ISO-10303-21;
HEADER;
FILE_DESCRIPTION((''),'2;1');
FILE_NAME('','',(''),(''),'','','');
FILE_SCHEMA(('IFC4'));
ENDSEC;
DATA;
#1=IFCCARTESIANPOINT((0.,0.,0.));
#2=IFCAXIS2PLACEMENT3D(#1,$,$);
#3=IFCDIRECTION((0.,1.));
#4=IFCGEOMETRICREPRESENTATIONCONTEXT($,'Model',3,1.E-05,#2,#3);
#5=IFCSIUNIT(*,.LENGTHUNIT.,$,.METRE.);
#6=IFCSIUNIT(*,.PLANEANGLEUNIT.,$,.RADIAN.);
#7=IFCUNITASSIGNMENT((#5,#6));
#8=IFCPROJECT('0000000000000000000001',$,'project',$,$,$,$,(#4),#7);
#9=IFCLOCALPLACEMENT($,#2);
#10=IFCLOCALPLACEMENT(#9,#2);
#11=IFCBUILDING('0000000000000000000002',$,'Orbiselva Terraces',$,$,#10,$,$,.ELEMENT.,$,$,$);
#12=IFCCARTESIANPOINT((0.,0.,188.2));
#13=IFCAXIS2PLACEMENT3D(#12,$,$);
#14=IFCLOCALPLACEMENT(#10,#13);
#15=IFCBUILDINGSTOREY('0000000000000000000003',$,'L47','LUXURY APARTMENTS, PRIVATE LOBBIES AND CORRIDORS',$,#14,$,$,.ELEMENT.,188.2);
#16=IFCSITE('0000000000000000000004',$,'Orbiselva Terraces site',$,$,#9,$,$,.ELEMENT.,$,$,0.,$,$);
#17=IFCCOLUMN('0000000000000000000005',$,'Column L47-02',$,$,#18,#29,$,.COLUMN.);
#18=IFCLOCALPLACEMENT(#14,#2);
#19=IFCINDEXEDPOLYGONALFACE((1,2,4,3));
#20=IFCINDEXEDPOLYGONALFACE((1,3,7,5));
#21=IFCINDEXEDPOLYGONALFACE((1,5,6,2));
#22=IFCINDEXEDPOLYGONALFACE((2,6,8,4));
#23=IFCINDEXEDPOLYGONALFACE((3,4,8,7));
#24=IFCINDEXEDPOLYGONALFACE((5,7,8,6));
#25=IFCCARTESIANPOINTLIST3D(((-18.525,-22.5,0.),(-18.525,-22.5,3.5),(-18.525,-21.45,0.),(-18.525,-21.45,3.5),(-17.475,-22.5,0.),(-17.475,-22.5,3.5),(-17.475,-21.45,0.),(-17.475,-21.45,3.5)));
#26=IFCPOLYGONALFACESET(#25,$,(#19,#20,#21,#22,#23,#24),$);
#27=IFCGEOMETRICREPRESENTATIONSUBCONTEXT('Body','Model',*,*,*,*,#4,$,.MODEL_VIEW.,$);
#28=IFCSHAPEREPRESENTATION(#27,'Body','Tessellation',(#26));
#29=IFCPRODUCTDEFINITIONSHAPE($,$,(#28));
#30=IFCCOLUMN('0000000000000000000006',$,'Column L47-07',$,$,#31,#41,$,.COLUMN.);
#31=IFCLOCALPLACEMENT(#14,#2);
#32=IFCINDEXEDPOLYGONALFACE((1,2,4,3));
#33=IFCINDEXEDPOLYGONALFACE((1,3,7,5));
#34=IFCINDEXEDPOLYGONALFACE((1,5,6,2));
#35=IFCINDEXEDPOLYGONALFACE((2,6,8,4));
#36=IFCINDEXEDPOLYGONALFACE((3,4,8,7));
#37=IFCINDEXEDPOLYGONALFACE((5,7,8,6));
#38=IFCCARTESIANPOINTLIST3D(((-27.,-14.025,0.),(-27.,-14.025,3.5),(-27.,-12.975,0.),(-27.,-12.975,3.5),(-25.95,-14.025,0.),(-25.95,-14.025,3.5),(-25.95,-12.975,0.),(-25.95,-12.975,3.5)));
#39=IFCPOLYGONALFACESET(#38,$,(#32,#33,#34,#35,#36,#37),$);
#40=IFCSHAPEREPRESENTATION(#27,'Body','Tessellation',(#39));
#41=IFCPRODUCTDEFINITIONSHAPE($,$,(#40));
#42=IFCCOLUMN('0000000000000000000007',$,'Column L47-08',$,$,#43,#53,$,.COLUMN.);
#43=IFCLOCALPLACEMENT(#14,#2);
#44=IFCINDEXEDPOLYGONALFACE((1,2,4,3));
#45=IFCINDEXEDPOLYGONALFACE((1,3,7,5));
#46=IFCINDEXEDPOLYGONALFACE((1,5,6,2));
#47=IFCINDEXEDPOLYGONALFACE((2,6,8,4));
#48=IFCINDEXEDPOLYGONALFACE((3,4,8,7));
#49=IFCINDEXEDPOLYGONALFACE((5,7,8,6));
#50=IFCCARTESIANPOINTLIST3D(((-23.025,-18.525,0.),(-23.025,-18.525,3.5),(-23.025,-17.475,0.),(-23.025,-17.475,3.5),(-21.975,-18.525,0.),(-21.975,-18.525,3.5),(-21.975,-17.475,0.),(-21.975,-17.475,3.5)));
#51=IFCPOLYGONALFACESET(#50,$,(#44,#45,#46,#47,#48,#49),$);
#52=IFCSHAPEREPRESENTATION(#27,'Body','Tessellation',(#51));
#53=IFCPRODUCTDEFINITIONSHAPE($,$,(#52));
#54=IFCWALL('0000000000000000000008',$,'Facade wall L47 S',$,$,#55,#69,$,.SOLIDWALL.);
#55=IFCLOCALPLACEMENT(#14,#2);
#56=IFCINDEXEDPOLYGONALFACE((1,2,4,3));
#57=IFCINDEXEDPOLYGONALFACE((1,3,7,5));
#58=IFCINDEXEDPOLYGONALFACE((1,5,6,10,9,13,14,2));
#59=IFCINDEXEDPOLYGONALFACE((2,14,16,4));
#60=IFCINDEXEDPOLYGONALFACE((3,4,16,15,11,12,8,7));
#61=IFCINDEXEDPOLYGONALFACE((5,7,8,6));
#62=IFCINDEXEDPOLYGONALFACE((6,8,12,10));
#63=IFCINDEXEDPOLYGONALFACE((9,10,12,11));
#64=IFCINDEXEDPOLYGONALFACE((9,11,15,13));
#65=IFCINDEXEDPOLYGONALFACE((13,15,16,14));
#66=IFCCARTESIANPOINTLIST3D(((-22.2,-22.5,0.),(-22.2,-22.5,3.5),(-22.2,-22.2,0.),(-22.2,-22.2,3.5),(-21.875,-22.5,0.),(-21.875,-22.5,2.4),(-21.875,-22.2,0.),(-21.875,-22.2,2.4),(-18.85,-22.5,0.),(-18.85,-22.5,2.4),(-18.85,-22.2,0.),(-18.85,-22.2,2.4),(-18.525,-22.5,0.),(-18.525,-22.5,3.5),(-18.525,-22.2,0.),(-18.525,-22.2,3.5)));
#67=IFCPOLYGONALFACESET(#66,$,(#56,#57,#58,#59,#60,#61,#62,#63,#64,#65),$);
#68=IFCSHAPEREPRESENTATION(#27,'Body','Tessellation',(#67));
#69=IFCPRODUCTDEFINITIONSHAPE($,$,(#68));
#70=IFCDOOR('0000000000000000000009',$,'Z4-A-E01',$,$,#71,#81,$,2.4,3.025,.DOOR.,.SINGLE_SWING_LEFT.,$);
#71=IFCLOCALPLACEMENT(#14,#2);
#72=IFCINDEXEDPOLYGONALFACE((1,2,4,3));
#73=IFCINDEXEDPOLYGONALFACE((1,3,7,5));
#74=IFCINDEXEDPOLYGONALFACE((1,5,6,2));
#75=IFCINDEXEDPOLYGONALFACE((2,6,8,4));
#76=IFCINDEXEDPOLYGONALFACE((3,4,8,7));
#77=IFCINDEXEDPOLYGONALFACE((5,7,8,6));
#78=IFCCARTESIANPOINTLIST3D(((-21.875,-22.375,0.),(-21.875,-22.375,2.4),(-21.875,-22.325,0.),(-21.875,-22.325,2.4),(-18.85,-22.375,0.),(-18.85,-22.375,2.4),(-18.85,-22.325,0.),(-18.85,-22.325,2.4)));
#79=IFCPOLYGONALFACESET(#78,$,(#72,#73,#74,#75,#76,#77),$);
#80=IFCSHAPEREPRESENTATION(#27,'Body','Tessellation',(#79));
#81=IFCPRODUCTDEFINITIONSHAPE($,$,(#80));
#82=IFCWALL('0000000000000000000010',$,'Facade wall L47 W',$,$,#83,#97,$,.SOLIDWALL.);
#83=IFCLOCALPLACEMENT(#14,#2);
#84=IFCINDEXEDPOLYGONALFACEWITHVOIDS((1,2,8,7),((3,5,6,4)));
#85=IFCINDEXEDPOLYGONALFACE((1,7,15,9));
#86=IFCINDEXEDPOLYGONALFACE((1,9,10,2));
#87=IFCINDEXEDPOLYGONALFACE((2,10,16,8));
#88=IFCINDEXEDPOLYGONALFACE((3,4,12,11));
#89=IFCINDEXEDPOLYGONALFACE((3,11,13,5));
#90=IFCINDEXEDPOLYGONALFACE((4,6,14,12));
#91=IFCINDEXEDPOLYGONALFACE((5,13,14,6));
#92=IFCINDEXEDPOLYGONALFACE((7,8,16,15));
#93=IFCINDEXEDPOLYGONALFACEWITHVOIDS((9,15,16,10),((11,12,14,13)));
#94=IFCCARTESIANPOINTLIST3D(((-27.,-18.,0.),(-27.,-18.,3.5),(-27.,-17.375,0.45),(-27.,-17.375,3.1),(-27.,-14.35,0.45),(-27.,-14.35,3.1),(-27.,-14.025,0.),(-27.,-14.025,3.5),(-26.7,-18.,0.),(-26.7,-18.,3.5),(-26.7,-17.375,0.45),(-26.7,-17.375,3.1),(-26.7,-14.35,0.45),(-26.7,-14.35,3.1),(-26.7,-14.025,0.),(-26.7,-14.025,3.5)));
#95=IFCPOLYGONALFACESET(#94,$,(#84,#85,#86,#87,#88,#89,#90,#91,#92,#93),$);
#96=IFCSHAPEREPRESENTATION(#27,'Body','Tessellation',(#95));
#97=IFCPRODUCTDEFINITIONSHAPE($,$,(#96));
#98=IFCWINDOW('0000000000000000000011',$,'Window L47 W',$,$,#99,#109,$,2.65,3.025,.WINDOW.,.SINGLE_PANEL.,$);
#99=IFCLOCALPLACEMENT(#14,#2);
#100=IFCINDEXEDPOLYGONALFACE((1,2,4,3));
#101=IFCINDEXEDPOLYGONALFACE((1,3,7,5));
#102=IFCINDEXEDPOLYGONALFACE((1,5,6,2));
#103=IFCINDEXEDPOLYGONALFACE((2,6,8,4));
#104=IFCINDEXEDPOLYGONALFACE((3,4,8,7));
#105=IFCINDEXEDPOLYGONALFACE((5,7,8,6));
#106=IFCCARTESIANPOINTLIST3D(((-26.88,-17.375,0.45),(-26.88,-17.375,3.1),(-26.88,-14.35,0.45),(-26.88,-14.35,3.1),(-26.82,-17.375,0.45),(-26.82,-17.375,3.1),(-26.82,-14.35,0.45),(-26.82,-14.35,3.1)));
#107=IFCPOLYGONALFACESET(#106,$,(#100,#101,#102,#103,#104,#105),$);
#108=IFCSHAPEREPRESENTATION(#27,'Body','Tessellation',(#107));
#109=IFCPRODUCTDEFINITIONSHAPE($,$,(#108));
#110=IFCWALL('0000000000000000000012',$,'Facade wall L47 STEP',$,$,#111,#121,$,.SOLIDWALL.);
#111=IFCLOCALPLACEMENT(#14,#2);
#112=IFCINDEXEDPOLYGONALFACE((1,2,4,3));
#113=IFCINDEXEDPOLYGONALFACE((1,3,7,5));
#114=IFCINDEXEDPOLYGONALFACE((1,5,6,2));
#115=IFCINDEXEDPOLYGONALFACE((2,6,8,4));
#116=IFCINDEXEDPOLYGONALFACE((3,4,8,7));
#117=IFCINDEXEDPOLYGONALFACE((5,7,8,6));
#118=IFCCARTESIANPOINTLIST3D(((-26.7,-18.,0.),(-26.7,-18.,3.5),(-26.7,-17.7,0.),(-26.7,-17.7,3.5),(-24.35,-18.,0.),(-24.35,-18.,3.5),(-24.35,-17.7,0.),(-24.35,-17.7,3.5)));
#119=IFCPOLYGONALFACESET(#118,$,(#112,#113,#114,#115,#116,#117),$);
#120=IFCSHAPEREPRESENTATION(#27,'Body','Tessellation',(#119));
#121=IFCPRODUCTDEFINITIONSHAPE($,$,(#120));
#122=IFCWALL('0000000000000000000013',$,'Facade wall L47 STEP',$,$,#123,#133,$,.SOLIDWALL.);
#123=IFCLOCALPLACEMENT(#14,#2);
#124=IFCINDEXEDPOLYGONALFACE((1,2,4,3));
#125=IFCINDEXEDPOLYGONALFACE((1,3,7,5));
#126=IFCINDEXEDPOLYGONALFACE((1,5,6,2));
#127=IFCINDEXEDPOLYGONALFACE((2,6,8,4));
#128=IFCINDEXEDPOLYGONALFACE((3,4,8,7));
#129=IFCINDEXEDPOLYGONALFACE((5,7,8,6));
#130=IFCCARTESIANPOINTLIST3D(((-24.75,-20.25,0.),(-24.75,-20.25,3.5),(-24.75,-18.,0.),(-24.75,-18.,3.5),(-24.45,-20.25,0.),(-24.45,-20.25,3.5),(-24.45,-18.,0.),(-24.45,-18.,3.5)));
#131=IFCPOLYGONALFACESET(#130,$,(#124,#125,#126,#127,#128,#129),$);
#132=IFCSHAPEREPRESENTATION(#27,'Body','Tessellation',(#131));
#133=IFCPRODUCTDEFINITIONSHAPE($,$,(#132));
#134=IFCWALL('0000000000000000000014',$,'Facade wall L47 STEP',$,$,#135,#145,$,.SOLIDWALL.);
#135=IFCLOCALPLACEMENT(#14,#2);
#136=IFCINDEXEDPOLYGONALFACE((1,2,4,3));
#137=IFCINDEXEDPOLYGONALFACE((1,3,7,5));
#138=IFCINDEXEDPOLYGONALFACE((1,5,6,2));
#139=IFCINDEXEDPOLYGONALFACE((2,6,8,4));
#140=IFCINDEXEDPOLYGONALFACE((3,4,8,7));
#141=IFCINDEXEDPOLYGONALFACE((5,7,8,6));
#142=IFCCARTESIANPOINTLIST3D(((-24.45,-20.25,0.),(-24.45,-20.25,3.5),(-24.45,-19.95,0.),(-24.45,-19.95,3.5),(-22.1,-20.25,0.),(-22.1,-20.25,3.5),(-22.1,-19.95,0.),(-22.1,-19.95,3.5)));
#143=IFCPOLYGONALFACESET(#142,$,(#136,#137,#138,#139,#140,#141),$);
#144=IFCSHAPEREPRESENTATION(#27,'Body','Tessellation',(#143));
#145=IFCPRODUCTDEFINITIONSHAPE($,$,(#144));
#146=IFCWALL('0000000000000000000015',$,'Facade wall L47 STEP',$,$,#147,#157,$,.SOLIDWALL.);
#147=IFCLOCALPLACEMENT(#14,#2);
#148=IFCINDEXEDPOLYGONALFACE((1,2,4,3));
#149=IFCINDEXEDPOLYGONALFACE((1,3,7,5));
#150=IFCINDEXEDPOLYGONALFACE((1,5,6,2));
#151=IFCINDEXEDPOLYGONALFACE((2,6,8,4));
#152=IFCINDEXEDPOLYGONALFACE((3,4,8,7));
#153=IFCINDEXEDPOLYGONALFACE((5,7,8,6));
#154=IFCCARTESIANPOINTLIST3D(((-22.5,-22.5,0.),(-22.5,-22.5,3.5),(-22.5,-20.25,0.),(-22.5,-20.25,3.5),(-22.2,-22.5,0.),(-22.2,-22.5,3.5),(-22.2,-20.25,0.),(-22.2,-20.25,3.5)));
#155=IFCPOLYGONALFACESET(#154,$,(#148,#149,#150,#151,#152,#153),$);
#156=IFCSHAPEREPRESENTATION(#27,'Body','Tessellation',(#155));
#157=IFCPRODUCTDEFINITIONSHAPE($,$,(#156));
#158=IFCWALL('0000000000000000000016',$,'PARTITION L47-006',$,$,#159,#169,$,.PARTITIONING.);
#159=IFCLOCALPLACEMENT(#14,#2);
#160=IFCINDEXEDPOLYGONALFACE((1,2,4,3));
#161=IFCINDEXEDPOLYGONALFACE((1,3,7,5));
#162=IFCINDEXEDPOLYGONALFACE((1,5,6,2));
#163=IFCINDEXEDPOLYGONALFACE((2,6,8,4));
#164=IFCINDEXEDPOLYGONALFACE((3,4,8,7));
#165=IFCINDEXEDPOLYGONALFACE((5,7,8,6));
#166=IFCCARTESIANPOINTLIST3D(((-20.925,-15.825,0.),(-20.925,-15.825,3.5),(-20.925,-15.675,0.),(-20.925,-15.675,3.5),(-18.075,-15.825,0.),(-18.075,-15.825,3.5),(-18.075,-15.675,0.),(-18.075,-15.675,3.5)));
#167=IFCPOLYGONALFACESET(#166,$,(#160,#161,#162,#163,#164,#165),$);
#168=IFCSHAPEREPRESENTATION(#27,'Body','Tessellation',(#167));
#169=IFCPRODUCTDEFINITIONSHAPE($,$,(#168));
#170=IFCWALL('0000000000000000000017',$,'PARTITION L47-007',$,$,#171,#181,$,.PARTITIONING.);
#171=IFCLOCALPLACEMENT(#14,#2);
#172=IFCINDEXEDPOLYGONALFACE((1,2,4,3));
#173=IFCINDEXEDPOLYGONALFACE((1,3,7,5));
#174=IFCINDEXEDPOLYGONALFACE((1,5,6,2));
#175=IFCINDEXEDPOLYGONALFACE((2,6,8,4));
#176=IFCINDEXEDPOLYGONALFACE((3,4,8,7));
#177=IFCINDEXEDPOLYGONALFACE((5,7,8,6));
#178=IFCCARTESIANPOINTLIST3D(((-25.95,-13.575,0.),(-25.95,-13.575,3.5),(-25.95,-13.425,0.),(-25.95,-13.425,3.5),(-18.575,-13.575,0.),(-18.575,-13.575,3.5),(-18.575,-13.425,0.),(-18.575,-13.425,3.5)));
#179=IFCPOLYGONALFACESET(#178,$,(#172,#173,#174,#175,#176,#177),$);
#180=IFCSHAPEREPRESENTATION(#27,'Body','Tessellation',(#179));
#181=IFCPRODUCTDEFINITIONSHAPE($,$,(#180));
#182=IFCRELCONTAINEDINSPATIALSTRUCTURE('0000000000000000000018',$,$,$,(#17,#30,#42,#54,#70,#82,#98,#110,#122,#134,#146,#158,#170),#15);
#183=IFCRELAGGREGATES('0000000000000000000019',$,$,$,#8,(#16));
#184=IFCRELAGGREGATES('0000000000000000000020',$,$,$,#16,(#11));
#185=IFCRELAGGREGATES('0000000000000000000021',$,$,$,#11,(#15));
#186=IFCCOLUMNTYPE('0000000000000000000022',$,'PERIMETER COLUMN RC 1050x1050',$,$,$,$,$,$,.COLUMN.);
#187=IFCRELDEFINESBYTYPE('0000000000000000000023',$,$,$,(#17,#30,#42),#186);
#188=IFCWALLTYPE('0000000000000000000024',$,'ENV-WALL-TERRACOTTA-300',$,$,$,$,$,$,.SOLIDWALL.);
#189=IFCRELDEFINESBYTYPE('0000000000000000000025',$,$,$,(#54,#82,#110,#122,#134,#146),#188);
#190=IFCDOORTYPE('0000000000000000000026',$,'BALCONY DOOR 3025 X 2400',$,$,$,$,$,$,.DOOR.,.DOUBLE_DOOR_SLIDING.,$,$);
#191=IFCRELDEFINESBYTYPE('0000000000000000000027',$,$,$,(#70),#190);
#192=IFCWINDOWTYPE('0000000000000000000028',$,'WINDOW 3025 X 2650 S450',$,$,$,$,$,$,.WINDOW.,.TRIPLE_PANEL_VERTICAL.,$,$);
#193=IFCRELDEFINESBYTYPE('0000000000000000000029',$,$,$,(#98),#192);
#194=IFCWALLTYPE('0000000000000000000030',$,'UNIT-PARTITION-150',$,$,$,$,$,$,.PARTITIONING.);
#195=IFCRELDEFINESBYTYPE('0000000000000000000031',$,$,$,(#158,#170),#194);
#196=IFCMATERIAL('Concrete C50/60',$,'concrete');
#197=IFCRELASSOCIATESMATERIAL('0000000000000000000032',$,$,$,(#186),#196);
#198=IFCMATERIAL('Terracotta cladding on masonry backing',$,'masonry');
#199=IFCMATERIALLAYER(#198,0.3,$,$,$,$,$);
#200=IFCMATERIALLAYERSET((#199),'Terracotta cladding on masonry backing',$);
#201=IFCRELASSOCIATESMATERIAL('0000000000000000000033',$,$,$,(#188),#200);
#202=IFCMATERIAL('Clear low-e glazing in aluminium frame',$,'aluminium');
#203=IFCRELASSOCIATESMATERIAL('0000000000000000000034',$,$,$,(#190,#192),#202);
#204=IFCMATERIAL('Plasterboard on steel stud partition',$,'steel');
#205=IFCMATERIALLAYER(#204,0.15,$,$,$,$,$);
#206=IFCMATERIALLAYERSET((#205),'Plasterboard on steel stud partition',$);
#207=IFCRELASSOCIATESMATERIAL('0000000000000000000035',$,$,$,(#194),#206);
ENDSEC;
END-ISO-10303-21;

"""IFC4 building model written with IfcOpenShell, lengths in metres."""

from ifc_helpers import new_model, si_unit, direction, frame, frame_2d, origin, origin_2d, place, context, subcontext, project, spatial, rectangle, extrude, material, layer, layer_set, material_profile, profile_set, type_object, element, fill, save


model = new_model("IFC4")

# Units and contexts
model_context = context("Model", 3, precision=1e-05, world=origin(), true_north=direction((0.0, 1.0)))
body_context = subcontext(model_context, "Body", "Model", "MODEL_VIEW")
ifc_project = project(units=[si_unit("LENGTHUNIT", "METRE"), si_unit("PLANEANGLEUNIT", "RADIAN")], contexts=[model_context])

# Site, building, storey
site_placement = place(None, origin())
site = spatial("IfcSite", under=ifc_project, at=site_placement, Name="Orbiselva Terraces site", CompositionType="ELEMENT", RefElevation=0.0)
building_placement = place(site_placement, origin())
building = spatial("IfcBuilding", under=site, at=building_placement, Name="Orbiselva Terraces", CompositionType="ELEMENT")
storey_placement = place(building_placement, frame((0.0, 0.0, 188.2)))
storey = spatial("IfcBuildingStorey", under=building, at=storey_placement, Name="L47", Description="LUXURY APARTMENTS, PRIVATE LOBBIES AND CORRIDORS", CompositionType="ELEMENT", Elevation=188.2)

# Columns
ifc_material_1 = material(Name="Concrete C50/60", Category="concrete")
ifc_material_profile = material_profile(ifc_material_1, rectangle(XDim=1.05, YDim=1.05, at=origin_2d()), Name="RC 1050x1050")
ifc_profile_set = profile_set([ifc_material_profile], Name="Concrete C50/60")
column_type = type_object("IfcColumnType", Name="PERIMETER COLUMN RC 1050x1050", PredefinedType="COLUMN", material=ifc_profile_set)
for number, where, z_axis, x_axis, name in (
    (1, (-18.0, -21.975, 0.0), (0.0, 0.0, 1.0), (1.0, 0.0, 0.0), "Column L47-02"),
    (2, (-26.475, -13.5, 0.0), (0.0, 0.0, 1.0), (1.0, 0.0, 0.0), "Column L47-07"),
    (3, (-22.5, -18.0, 0.0), (0.0, 0.0, 1.0), (1.0, 0.0, 0.0), "Column L47-08"),
):
    element("IfcColumn", number, at=place(storey_placement, frame(where, z_axis=z_axis, x_axis=x_axis)), inside=storey, type_object=column_type, Name=name, PredefinedType="COLUMN", context=body_context, shape_type="SweptSolid", body=[
        extrude(rectangle(XDim=1.05, YDim=1.05, at=origin_2d()), origin(), (0.0, 0.0, 1.0), 3.5),
    ])

# Wall, opening, door
ifc_material_2 = material(Name="Terracotta cladding on masonry backing", Category="masonry")
ifc_layer_1 = layer(ifc_material_2, 0.3)
ifc_layer_set_1 = layer_set([ifc_layer_1], Name="Terracotta cladding on masonry backing")
wall_type_1 = type_object("IfcWallType", Name="ENV-WALL-TERRACOTTA-300", PredefinedType="SOLIDWALL", material=ifc_layer_set_1)
wall_1_placement = place(storey_placement, frame((-18.525, -22.35, 0.0), z_axis=(0.0, 0.0, 1.0), x_axis=(-1.0, 0.0, 0.0)))
wall_1 = element("IfcWall", 4, at=wall_1_placement, inside=storey, type_object=wall_type_1, Name="Facade wall L47 S", PredefinedType="SOLIDWALL", context=body_context, shape_type="SweptSolid", body=[
    extrude(rectangle(XDim=3.675, YDim=0.3, at=frame_2d((1.8375, 0.0))), origin(), (0.0, 0.0, 1.0), 3.5),
])
opening_1_placement = place(wall_1_placement, frame((0.325, 0.0, 0.0)))
opening_1 = element("IfcOpeningElement", 5, at=opening_1_placement, cuts=wall_1, PredefinedType="OPENING", context=body_context, shape_type="SweptSolid", body=[
    extrude(rectangle(XDim=3.025, YDim=2.4, at=frame_2d((1.5125, 1.2))), frame((0.0, 0.16, 0.0), z_axis=(0.0, -1.0, 0.0), x_axis=(1.0, 0.0, 0.0)), (0.0, 0.0, 1.0), 0.32),
])
ifc_material_3 = material(Name="Clear low-e glazing in aluminium frame", Category="aluminium")
door_type_1 = type_object("IfcDoorType", Name="BALCONY DOOR 3025 X 2400", OperationType="DOUBLE_DOOR_SLIDING", PredefinedType="DOOR", material=ifc_material_3)
door_1_placement = place(opening_1_placement, origin())
door_1 = element("IfcDoor", 6, at=door_1_placement, inside=storey, type_object=door_type_1, Name="Z4-A-E01", OperationType="SINGLE_SWING_LEFT", OverallHeight=2.4, OverallWidth=3.025, PredefinedType="DOOR", context=body_context, shape_type="SweptSolid", body=[
    extrude(rectangle(XDim=3.025, YDim=2.4, at=frame_2d((1.5125, 1.2))), frame((0.0, 0.025, 0.0), z_axis=(0.0, -1.0, 0.0), x_axis=(1.0, 0.0, 0.0)), (0.0, 0.0, 1.0), 0.05),
])
fill(opening_1, door_1)

# Wall, opening, window
wall_2_placement = place(storey_placement, frame((-26.85, -18.0, 0.0), z_axis=(0.0, 0.0, 1.0), x_axis=(0.0, 1.0, 0.0)))
wall_2 = element("IfcWall", 7, at=wall_2_placement, inside=storey, type_object=wall_type_1, Name="Facade wall L47 W", PredefinedType="SOLIDWALL", context=body_context, shape_type="SweptSolid", body=[
    extrude(rectangle(XDim=3.975, YDim=0.3, at=frame_2d((1.9875, 0.0))), origin(), (0.0, 0.0, 1.0), 3.5),
])
opening_2_placement = place(wall_2_placement, frame((0.625, 0.0, 0.45)))
opening_2 = element("IfcOpeningElement", 8, at=opening_2_placement, cuts=wall_2, PredefinedType="OPENING", context=body_context, shape_type="SweptSolid", body=[
    extrude(rectangle(XDim=3.025, YDim=2.65, at=frame_2d((1.5125, 1.325))), frame((0.0, 0.16, 0.0), z_axis=(0.0, -1.0, 0.0), x_axis=(1.0, 0.0, 0.0)), (0.0, 0.0, 1.0), 0.32),
])
window_type = type_object("IfcWindowType", Name="WINDOW 3025 X 2650 S450", PartitioningType="TRIPLE_PANEL_VERTICAL", PredefinedType="WINDOW", material=ifc_material_3)
window_placement = place(opening_2_placement, origin())
window = element("IfcWindow", 9, at=window_placement, inside=storey, type_object=window_type, Name="Window L47 W", OverallHeight=2.65, OverallWidth=3.025, PartitioningType="SINGLE_PANEL", PredefinedType="WINDOW", context=body_context, shape_type="SweptSolid", body=[
    extrude(rectangle(XDim=3.025, YDim=2.65, at=frame_2d((1.5125, 1.325))), frame((0.0, 0.03, 0.0), z_axis=(0.0, -1.0, 0.0), x_axis=(1.0, 0.0, 0.0)), (0.0, 0.0, 1.0), 0.06),
])
fill(opening_2, window)

# Walls
wall_3_placement = place(storey_placement, frame((-24.35, -17.85, 0.0), z_axis=(0.0, 0.0, 1.0), x_axis=(-1.0, 0.0, 0.0)))
element("IfcWall", 10, at=wall_3_placement, inside=storey, type_object=wall_type_1, Name="Facade wall L47 STEP", PredefinedType="SOLIDWALL", context=body_context, shape_type="SweptSolid", body=[
    extrude(rectangle(XDim=2.35, YDim=0.3, at=frame_2d((1.175, 0.0))), origin(), (0.0, 0.0, 1.0), 3.5),
])
wall_4_placement = place(storey_placement, frame((-24.6, -20.25, 0.0), z_axis=(0.0, 0.0, 1.0), x_axis=(0.0, 1.0, 0.0)))
element("IfcWall", 11, at=wall_4_placement, inside=storey, type_object=wall_type_1, Name="Facade wall L47 STEP", PredefinedType="SOLIDWALL", context=body_context, shape_type="SweptSolid", body=[
    extrude(rectangle(XDim=2.25, YDim=0.3, at=frame_2d((1.125, 0.0))), origin(), (0.0, 0.0, 1.0), 3.5),
])
wall_5_placement = place(storey_placement, frame((-22.1, -20.1, 0.0), z_axis=(0.0, 0.0, 1.0), x_axis=(-1.0, 0.0, 0.0)))
element("IfcWall", 12, at=wall_5_placement, inside=storey, type_object=wall_type_1, Name="Facade wall L47 STEP", PredefinedType="SOLIDWALL", context=body_context, shape_type="SweptSolid", body=[
    extrude(rectangle(XDim=2.35, YDim=0.3, at=frame_2d((1.175, 0.0))), origin(), (0.0, 0.0, 1.0), 3.5),
])
wall_6_placement = place(storey_placement, frame((-22.35, -22.5, 0.0), z_axis=(0.0, 0.0, 1.0), x_axis=(0.0, 1.0, 0.0)))
element("IfcWall", 13, at=wall_6_placement, inside=storey, type_object=wall_type_1, Name="Facade wall L47 STEP", PredefinedType="SOLIDWALL", context=body_context, shape_type="SweptSolid", body=[
    extrude(rectangle(XDim=2.25, YDim=0.3, at=frame_2d((1.125, 0.0))), origin(), (0.0, 0.0, 1.0), 3.5),
])
ifc_material_4 = material(Name="Plasterboard on steel stud partition", Category="steel")
ifc_layer_2 = layer(ifc_material_4, 0.15)
ifc_layer_set_2 = layer_set([ifc_layer_2], Name="Plasterboard on steel stud partition")
wall_type_2 = type_object("IfcWallType", Name="UNIT-PARTITION-150", PredefinedType="PARTITIONING", material=ifc_layer_set_2)
wall_7_placement = place(storey_placement, frame((-20.925, -15.75, 0.0), z_axis=(0.0, 0.0, 1.0), x_axis=(1.0, 0.0, 0.0)))
element("IfcWall", 14, at=wall_7_placement, inside=storey, type_object=wall_type_2, Name="PARTITION L47-006", PredefinedType="PARTITIONING", context=body_context, shape_type="SweptSolid", body=[
    extrude(rectangle(XDim=2.85, YDim=0.15, at=frame_2d((1.425, 0.0))), origin(), (0.0, 0.0, 1.0), 3.5),
])
wall_8_placement = place(storey_placement, frame((-25.95, -13.5, 0.0), z_axis=(0.0, 0.0, 1.0), x_axis=(1.0, 0.0, 0.0)))
element("IfcWall", 15, at=wall_8_placement, inside=storey, type_object=wall_type_2, Name="PARTITION L47-007", PredefinedType="PARTITIONING", context=body_context, shape_type="SweptSolid", body=[
    extrude(rectangle(XDim=7.375, YDim=0.15, at=frame_2d((3.6875, 0.0))), origin(), (0.0, 0.0, 1.0), 3.5),
])

save(model, "model.ifc")
